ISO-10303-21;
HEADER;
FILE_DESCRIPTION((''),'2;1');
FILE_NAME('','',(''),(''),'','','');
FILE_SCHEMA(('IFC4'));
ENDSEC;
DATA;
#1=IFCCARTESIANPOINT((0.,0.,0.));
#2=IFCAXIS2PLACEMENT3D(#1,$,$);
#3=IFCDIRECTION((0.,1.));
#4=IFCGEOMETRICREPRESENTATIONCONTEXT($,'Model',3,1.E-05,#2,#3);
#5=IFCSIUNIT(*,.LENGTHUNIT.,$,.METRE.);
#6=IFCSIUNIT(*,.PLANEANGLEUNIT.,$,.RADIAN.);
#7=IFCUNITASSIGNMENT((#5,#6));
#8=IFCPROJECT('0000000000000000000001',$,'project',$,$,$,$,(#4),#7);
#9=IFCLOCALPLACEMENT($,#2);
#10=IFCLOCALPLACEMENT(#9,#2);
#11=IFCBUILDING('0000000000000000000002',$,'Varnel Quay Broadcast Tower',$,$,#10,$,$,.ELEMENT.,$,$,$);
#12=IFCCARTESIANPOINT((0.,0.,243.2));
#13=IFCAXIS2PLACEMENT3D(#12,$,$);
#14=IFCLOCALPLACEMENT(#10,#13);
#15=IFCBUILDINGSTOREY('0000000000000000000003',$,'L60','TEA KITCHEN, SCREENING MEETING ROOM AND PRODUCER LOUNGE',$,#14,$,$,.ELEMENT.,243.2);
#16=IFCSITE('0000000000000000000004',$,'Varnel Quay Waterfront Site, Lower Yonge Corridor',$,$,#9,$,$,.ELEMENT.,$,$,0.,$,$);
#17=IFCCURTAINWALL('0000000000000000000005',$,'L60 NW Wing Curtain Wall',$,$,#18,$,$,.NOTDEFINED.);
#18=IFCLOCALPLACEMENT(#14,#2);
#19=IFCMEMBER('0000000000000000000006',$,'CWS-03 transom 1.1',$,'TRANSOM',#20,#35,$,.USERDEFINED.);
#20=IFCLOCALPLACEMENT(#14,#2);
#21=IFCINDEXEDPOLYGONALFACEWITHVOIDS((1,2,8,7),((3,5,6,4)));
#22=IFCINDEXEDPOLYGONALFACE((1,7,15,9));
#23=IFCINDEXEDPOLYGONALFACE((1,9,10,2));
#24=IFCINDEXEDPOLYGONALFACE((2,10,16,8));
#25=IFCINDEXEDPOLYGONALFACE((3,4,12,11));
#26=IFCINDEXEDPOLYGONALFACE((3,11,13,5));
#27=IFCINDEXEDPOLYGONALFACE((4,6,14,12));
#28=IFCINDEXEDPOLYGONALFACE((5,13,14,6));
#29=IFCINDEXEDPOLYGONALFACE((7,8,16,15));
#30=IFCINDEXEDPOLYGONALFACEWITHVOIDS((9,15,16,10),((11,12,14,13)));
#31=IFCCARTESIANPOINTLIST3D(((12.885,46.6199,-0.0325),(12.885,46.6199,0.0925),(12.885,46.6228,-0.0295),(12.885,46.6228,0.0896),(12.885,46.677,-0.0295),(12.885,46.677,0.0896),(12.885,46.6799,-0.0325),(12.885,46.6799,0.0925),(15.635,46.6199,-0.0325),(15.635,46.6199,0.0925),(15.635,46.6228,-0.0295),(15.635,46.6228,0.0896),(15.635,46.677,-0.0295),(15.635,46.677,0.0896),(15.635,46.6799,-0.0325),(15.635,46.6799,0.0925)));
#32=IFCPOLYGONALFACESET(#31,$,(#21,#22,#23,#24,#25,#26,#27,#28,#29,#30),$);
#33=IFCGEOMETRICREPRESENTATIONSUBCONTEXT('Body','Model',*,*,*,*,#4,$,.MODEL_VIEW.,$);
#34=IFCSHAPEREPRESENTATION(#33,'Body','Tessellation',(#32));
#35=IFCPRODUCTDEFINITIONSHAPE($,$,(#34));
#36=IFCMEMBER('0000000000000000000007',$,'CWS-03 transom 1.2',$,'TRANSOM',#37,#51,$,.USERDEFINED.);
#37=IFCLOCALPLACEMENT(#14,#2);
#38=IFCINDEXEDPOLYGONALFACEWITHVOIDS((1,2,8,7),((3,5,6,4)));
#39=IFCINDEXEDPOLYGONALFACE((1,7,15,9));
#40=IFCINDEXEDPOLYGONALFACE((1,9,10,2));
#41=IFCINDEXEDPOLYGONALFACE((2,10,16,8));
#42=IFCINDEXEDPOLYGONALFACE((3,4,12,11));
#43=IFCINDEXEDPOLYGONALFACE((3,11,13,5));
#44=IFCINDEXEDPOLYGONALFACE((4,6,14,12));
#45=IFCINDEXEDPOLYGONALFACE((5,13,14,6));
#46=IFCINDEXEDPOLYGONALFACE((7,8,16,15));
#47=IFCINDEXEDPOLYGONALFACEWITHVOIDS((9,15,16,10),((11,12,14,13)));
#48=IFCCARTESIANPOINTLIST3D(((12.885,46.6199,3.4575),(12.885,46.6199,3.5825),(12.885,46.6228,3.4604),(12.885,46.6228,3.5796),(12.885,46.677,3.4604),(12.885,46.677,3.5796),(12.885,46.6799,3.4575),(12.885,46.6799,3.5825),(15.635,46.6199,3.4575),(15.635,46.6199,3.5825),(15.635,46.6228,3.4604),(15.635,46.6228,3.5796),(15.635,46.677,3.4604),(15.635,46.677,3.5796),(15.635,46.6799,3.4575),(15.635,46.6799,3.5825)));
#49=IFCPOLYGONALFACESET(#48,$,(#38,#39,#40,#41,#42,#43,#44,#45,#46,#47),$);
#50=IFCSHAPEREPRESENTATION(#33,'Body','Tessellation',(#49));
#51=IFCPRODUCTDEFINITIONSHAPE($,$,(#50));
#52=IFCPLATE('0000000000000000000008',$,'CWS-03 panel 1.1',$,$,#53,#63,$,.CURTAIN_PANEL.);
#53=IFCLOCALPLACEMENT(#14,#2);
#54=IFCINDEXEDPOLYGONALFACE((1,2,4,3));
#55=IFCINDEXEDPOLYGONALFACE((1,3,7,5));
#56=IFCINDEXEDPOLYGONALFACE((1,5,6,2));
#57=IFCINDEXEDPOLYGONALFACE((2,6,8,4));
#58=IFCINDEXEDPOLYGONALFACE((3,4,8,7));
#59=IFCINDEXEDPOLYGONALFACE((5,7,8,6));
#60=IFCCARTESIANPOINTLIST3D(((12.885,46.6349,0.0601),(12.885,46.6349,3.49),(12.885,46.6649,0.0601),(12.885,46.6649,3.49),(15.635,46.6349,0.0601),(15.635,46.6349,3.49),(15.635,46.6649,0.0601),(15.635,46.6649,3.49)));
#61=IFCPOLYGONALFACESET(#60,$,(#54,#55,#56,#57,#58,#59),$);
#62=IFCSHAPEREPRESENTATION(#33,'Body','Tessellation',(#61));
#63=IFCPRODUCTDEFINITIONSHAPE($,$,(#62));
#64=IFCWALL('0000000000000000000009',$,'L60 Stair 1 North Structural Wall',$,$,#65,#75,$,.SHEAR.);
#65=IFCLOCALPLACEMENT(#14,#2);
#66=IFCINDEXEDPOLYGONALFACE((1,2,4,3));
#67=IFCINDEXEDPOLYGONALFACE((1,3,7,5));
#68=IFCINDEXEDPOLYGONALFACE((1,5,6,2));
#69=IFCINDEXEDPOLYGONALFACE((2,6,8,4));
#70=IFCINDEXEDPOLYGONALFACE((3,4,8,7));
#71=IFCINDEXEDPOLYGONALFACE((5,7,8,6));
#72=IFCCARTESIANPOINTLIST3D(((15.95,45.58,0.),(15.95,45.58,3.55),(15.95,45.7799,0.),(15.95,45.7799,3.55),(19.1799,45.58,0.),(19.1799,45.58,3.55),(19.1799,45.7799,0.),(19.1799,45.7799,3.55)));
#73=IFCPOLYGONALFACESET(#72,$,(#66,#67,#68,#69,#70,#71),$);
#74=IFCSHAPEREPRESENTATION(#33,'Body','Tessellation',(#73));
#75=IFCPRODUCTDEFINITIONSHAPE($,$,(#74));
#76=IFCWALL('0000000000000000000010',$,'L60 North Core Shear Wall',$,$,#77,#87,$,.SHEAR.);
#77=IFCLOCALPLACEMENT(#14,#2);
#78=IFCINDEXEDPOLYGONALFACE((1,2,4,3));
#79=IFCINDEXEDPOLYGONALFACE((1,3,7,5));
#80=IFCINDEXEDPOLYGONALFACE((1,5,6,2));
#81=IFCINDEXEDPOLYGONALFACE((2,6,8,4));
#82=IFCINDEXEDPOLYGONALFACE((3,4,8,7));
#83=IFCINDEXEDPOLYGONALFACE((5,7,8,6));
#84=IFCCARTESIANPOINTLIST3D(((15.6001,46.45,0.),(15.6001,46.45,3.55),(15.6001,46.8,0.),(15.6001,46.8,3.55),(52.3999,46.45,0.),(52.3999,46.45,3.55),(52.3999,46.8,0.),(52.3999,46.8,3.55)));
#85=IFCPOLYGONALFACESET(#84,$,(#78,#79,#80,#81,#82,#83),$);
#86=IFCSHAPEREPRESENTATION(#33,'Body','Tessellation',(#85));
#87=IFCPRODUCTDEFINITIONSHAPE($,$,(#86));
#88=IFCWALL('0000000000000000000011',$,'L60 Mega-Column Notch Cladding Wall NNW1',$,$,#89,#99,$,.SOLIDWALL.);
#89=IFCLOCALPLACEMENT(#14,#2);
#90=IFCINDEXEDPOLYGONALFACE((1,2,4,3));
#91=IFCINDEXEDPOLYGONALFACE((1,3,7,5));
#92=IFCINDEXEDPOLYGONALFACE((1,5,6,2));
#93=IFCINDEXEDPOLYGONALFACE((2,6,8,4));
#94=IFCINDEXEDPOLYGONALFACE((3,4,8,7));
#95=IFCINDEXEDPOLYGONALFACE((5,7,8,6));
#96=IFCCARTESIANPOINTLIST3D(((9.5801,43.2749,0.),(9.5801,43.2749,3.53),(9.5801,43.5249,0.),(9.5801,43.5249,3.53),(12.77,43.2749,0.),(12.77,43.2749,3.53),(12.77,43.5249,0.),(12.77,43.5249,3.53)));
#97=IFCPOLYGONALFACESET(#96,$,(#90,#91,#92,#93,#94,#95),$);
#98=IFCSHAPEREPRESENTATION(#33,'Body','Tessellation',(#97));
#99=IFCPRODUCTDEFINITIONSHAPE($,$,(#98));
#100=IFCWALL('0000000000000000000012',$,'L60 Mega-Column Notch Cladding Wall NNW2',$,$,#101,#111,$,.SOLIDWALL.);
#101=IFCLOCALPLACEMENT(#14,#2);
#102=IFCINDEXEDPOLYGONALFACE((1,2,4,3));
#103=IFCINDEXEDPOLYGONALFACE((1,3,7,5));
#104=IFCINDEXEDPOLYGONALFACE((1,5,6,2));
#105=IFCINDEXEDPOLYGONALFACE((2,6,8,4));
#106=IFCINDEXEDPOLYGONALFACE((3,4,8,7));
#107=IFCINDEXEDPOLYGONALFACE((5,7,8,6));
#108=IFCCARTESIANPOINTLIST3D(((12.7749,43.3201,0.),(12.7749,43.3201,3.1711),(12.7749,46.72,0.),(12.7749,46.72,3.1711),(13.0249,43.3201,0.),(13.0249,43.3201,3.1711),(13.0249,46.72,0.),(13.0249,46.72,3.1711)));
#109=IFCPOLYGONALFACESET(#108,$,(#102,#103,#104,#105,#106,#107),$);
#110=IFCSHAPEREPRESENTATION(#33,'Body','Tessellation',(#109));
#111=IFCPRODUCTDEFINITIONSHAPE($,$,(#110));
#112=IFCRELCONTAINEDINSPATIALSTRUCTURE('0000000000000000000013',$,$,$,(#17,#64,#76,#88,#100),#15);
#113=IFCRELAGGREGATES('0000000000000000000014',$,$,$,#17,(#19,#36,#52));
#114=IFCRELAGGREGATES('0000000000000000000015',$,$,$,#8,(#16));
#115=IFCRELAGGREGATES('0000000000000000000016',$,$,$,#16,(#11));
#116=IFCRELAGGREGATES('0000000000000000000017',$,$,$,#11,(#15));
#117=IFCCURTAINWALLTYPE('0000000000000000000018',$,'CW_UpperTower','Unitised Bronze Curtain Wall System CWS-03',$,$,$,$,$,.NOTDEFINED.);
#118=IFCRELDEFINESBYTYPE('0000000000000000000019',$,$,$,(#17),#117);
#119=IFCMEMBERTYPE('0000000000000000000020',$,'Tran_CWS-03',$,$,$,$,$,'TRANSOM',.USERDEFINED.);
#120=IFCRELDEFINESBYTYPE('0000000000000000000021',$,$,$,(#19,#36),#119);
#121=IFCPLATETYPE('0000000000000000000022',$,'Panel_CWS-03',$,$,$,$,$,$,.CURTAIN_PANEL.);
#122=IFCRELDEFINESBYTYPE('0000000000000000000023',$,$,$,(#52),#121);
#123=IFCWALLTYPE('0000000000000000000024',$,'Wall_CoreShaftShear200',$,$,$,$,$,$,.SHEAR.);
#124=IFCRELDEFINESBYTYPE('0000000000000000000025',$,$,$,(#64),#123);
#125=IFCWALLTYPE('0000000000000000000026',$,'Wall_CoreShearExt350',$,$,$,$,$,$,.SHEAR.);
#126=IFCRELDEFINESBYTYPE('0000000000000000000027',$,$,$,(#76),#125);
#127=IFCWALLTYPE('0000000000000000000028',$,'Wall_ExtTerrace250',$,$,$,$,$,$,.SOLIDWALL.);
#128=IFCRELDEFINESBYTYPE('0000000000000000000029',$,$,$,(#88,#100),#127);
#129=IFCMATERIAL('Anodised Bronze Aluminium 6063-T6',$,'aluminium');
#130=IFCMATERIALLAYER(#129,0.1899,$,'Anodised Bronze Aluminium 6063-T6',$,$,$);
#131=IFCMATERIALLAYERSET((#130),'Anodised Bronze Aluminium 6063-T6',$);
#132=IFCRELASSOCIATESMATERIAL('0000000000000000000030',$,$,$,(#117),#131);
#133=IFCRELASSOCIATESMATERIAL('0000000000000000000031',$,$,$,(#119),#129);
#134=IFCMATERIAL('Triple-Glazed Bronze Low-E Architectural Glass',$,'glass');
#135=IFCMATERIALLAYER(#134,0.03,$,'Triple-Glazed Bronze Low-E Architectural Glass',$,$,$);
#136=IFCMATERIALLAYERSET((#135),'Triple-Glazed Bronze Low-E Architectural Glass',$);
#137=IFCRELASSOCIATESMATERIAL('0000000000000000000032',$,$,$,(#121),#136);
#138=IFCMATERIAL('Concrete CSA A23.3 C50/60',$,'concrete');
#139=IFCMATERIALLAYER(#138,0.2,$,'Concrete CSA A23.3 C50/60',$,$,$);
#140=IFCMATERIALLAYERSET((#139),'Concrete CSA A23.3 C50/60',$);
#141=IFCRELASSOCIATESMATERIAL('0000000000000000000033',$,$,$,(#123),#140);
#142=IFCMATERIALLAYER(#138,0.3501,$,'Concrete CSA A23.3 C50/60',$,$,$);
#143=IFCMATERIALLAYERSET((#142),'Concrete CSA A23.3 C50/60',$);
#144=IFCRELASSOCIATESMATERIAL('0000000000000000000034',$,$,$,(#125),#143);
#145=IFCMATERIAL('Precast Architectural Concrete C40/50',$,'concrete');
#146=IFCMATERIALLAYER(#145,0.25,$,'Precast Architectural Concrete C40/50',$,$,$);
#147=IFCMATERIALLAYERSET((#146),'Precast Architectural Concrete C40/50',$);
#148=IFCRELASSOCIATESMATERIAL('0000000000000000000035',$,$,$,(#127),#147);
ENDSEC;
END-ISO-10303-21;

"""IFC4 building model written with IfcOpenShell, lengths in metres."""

from ifc_helpers import new_model, si_unit, direction, frame, frame_2d, origin, origin_2d, place, context, subcontext, project, spatial, rectangle, hollow_rectangle, extrude, source, transform, mapped, material, layer, layer_set, material_profile, profile_set, type_object, type_shapes, element, aggregate, save


model = new_model("IFC4")

# Units and contexts
model_context = context("Model", 3, precision=1e-05, world=origin(), true_north=direction((0.0, 1.0)))
body_context = subcontext(model_context, "Body", "Model", "MODEL_VIEW")
ifc_project = project(units=[si_unit("LENGTHUNIT", "METRE"), si_unit("PLANEANGLEUNIT", "RADIAN")], contexts=[model_context])

# Site, building, storey
site_placement = place(None, origin())
site = spatial("IfcSite", under=ifc_project, at=site_placement, Name="Varnel Quay Waterfront Site, Lower Yonge Corridor", CompositionType="ELEMENT", RefElevation=0.0)
building_placement = place(site_placement, origin())
building = spatial("IfcBuilding", under=site, at=building_placement, Name="Varnel Quay Broadcast Tower", CompositionType="ELEMENT")
storey_placement = place(building_placement, frame((0.0, 0.0, 243.2)))
storey = spatial("IfcBuildingStorey", under=building, at=storey_placement, Name="L60", Description="TEA KITCHEN, SCREENING MEETING ROOM AND PRODUCER LOUNGE", CompositionType="ELEMENT", Elevation=243.2)

# Shared definitions
ifc_material_1 = material(Name="Anodised Bronze Aluminium 6063-T6", Category="aluminium")
ifc_layer_1 = layer(ifc_material_1, 0.1899, Name="Anodised Bronze Aluminium 6063-T6")
ifc_layer_set_1 = layer_set([ifc_layer_1], Name="Anodised Bronze Aluminium 6063-T6")
curtain_wall_type = type_object("IfcCurtainWallType", Name="CW_UpperTower", Description="Unitised Bronze Curtain Wall System CWS-03", PredefinedType="NOTDEFINED", material=ifc_layer_set_1)

# Curtain wall, members, plate
curtain_wall_1_placement = place(storey_placement, origin())
curtain_wall_1 = element("IfcCurtainWall", 1, at=curtain_wall_1_placement, inside=storey, type_object=curtain_wall_type, Name="L60 NW Wing Curtain Wall", PredefinedType="NOTDEFINED")
ifc_material_profile_1 = material_profile(ifc_material_1, hollow_rectangle(XDim=0.0601, YDim=0.125, WallThickness=0.0029, at=origin_2d()), Name="ALU60X125X3")
ifc_profile_set_1 = profile_set([ifc_material_profile_1], Name="Anodised Bronze Aluminium 6063-T6")
member_type_1 = type_object("IfcMemberType", Name="Tran_CWS-03", ElementType="TRANSOM", PredefinedType="USERDEFINED", material=ifc_profile_set_1)
shared_shape_1 = source(origin(), body_context, "Body", "SweptSolid", [
    extrude(hollow_rectangle(XDim=0.0601, YDim=0.125, WallThickness=0.0029, at=origin_2d()), origin(), (0.0, 0.0, 1.0), 2.75),
])
type_shapes(member_type_1, [shared_shape_1])
member_1_placement = place(storey_placement, frame((12.885, 46.6499, 0.03), z_axis=(1.0, 0.0, 0.0), x_axis=(0.0, 1.0, 0.0)))
member_1 = element("IfcMember", 2, at=member_1_placement, type_object=member_type_1, Name="CWS-03 transom 1.1", ObjectType="TRANSOM", PredefinedType="USERDEFINED", context=body_context, shape_type="MappedRepresentation", body=[
    mapped(shared_shape_1, transform((0.0, 0.0, 0.0), x_axis=(1.0, 0.0, 0.0), y_axis=(0.0, 1.0, 0.0), z_axis=(0.0, 0.0, 1.0), scale=1.0)),
])
member_2_placement = place(storey_placement, frame((12.885, 46.6499, 3.52), z_axis=(1.0, 0.0, 0.0), x_axis=(0.0, 1.0, 0.0)))
member_2 = element("IfcMember", 3, at=member_2_placement, type_object=member_type_1, Name="CWS-03 transom 1.2", ObjectType="TRANSOM", PredefinedType="USERDEFINED", context=body_context, shape_type="MappedRepresentation", body=[
    mapped(shared_shape_1, transform((0.0, 0.0, 0.0), x_axis=(1.0, 0.0, 0.0), y_axis=(0.0, 1.0, 0.0), z_axis=(0.0, 0.0, 1.0), scale=1.0)),
])
ifc_material_2 = material(Name="Triple-Glazed Bronze Low-E Architectural Glass", Category="glass")
ifc_layer_2 = layer(ifc_material_2, 0.03, Name="Triple-Glazed Bronze Low-E Architectural Glass")
ifc_layer_set_2 = layer_set([ifc_layer_2], Name="Triple-Glazed Bronze Low-E Architectural Glass")
plate_type = type_object("IfcPlateType", Name="Panel_CWS-03", PredefinedType="CURTAIN_PANEL", material=ifc_layer_set_2)
shared_shape_2 = source(origin(), body_context, "Body", "SweptSolid", [
    extrude(rectangle(XDim=2.75, YDim=0.03, at=origin_2d()), origin(), (0.0, 0.0, 1.0), 3.4299),
])
type_shapes(plate_type, [shared_shape_2])
plate_placement = place(storey_placement, frame((14.26, 46.6499, 0.0601), z_axis=(0.0, 0.0, 1.0), x_axis=(1.0, 0.0, 0.0)))
plate = element("IfcPlate", 4, at=plate_placement, type_object=plate_type, Name="CWS-03 panel 1.1", PredefinedType="CURTAIN_PANEL", context=body_context, shape_type="MappedRepresentation", body=[
    mapped(shared_shape_2, transform((0.0, 0.0, 0.0), x_axis=(1.0, 0.0, 0.0), y_axis=(0.0, 1.0, 0.0), z_axis=(0.0, 0.0, 1.0), scale=1.0)),
])
aggregate(curtain_wall_1, [member_1, member_2, plate])

# Walls
ifc_material_3 = material(Name="Concrete CSA A23.3 C50/60", Category="concrete")
ifc_layer_3 = layer(ifc_material_3, 0.2, Name="Concrete CSA A23.3 C50/60")
ifc_layer_set_3 = layer_set([ifc_layer_3], Name="Concrete CSA A23.3 C50/60")
wall_type_1 = type_object("IfcWallType", Name="Wall_CoreShaftShear200", PredefinedType="SHEAR", material=ifc_layer_set_3)
wall_1_placement = place(storey_placement, frame((15.95, 45.6799, 0.0), z_axis=(0.0, 0.0, 1.0), x_axis=(1.0, 0.0, 0.0)))
element("IfcWall", 5, at=wall_1_placement, inside=storey, type_object=wall_type_1, Name="L60 Stair 1 North Structural Wall", PredefinedType="SHEAR", context=body_context, shape_type="SweptSolid", body=[
    extrude(rectangle(XDim=3.23, YDim=0.2, at=frame_2d((1.615, 0.0))), origin(), (0.0, 0.0, 1.0), 3.55),
])
ifc_layer_4 = layer(ifc_material_3, 0.3501, Name="Concrete CSA A23.3 C50/60")
ifc_layer_set_4 = layer_set([ifc_layer_4], Name="Concrete CSA A23.3 C50/60")
wall_type_2 = type_object("IfcWallType", Name="Wall_CoreShearExt350", PredefinedType="SHEAR", material=ifc_layer_set_4)
wall_2_placement = place(storey_placement, frame((15.6001, 46.625, 0.0), z_axis=(0.0, 0.0, 1.0), x_axis=(1.0, 0.0, 0.0)))
element("IfcWall", 6, at=wall_2_placement, inside=storey, type_object=wall_type_2, Name="L60 North Core Shear Wall", PredefinedType="SHEAR", context=body_context, shape_type="SweptSolid", body=[
    extrude(rectangle(XDim=36.7998, YDim=0.3501, at=frame_2d((18.3999, 0.0))), origin(), (0.0, 0.0, 1.0), 3.55),
])
ifc_material_4 = material(Name="Precast Architectural Concrete C40/50", Category="concrete")
ifc_layer_5 = layer(ifc_material_4, 0.25, Name="Precast Architectural Concrete C40/50")
ifc_layer_set_5 = layer_set([ifc_layer_5], Name="Precast Architectural Concrete C40/50")
wall_type_3 = type_object("IfcWallType", Name="Wall_ExtTerrace250", PredefinedType="SOLIDWALL", material=ifc_layer_set_5)
wall_3_placement = place(storey_placement, frame((9.5801, 43.3999, 0.0), z_axis=(0.0, 0.0, 1.0), x_axis=(1.0, 0.0, 0.0)))
element("IfcWall", 7, at=wall_3_placement, inside=storey, type_object=wall_type_3, Name="L60 Mega-Column Notch Cladding Wall NNW1", PredefinedType="SOLIDWALL", context=body_context, shape_type="SweptSolid", body=[
    extrude(rectangle(XDim=3.1899, YDim=0.25, at=frame_2d((1.595, 0.0))), origin(), (0.0, 0.0, 1.0), 3.53),
])
wall_4_placement = place(storey_placement, frame((12.8999, 43.3201, 0.0), z_axis=(0.0, 0.0, 1.0), x_axis=(0.0, 1.0, 0.0)))
element("IfcWall", 8, at=wall_4_placement, inside=storey, type_object=wall_type_3, Name="L60 Mega-Column Notch Cladding Wall NNW2", PredefinedType="SOLIDWALL", context=body_context, shape_type="SweptSolid", body=[
    extrude(rectangle(XDim=3.3999, YDim=0.25, at=frame_2d((1.7, 0.0))), origin(), (0.0, 0.0, 1.0), 3.1711),
])

save(model, "model.ifc")
